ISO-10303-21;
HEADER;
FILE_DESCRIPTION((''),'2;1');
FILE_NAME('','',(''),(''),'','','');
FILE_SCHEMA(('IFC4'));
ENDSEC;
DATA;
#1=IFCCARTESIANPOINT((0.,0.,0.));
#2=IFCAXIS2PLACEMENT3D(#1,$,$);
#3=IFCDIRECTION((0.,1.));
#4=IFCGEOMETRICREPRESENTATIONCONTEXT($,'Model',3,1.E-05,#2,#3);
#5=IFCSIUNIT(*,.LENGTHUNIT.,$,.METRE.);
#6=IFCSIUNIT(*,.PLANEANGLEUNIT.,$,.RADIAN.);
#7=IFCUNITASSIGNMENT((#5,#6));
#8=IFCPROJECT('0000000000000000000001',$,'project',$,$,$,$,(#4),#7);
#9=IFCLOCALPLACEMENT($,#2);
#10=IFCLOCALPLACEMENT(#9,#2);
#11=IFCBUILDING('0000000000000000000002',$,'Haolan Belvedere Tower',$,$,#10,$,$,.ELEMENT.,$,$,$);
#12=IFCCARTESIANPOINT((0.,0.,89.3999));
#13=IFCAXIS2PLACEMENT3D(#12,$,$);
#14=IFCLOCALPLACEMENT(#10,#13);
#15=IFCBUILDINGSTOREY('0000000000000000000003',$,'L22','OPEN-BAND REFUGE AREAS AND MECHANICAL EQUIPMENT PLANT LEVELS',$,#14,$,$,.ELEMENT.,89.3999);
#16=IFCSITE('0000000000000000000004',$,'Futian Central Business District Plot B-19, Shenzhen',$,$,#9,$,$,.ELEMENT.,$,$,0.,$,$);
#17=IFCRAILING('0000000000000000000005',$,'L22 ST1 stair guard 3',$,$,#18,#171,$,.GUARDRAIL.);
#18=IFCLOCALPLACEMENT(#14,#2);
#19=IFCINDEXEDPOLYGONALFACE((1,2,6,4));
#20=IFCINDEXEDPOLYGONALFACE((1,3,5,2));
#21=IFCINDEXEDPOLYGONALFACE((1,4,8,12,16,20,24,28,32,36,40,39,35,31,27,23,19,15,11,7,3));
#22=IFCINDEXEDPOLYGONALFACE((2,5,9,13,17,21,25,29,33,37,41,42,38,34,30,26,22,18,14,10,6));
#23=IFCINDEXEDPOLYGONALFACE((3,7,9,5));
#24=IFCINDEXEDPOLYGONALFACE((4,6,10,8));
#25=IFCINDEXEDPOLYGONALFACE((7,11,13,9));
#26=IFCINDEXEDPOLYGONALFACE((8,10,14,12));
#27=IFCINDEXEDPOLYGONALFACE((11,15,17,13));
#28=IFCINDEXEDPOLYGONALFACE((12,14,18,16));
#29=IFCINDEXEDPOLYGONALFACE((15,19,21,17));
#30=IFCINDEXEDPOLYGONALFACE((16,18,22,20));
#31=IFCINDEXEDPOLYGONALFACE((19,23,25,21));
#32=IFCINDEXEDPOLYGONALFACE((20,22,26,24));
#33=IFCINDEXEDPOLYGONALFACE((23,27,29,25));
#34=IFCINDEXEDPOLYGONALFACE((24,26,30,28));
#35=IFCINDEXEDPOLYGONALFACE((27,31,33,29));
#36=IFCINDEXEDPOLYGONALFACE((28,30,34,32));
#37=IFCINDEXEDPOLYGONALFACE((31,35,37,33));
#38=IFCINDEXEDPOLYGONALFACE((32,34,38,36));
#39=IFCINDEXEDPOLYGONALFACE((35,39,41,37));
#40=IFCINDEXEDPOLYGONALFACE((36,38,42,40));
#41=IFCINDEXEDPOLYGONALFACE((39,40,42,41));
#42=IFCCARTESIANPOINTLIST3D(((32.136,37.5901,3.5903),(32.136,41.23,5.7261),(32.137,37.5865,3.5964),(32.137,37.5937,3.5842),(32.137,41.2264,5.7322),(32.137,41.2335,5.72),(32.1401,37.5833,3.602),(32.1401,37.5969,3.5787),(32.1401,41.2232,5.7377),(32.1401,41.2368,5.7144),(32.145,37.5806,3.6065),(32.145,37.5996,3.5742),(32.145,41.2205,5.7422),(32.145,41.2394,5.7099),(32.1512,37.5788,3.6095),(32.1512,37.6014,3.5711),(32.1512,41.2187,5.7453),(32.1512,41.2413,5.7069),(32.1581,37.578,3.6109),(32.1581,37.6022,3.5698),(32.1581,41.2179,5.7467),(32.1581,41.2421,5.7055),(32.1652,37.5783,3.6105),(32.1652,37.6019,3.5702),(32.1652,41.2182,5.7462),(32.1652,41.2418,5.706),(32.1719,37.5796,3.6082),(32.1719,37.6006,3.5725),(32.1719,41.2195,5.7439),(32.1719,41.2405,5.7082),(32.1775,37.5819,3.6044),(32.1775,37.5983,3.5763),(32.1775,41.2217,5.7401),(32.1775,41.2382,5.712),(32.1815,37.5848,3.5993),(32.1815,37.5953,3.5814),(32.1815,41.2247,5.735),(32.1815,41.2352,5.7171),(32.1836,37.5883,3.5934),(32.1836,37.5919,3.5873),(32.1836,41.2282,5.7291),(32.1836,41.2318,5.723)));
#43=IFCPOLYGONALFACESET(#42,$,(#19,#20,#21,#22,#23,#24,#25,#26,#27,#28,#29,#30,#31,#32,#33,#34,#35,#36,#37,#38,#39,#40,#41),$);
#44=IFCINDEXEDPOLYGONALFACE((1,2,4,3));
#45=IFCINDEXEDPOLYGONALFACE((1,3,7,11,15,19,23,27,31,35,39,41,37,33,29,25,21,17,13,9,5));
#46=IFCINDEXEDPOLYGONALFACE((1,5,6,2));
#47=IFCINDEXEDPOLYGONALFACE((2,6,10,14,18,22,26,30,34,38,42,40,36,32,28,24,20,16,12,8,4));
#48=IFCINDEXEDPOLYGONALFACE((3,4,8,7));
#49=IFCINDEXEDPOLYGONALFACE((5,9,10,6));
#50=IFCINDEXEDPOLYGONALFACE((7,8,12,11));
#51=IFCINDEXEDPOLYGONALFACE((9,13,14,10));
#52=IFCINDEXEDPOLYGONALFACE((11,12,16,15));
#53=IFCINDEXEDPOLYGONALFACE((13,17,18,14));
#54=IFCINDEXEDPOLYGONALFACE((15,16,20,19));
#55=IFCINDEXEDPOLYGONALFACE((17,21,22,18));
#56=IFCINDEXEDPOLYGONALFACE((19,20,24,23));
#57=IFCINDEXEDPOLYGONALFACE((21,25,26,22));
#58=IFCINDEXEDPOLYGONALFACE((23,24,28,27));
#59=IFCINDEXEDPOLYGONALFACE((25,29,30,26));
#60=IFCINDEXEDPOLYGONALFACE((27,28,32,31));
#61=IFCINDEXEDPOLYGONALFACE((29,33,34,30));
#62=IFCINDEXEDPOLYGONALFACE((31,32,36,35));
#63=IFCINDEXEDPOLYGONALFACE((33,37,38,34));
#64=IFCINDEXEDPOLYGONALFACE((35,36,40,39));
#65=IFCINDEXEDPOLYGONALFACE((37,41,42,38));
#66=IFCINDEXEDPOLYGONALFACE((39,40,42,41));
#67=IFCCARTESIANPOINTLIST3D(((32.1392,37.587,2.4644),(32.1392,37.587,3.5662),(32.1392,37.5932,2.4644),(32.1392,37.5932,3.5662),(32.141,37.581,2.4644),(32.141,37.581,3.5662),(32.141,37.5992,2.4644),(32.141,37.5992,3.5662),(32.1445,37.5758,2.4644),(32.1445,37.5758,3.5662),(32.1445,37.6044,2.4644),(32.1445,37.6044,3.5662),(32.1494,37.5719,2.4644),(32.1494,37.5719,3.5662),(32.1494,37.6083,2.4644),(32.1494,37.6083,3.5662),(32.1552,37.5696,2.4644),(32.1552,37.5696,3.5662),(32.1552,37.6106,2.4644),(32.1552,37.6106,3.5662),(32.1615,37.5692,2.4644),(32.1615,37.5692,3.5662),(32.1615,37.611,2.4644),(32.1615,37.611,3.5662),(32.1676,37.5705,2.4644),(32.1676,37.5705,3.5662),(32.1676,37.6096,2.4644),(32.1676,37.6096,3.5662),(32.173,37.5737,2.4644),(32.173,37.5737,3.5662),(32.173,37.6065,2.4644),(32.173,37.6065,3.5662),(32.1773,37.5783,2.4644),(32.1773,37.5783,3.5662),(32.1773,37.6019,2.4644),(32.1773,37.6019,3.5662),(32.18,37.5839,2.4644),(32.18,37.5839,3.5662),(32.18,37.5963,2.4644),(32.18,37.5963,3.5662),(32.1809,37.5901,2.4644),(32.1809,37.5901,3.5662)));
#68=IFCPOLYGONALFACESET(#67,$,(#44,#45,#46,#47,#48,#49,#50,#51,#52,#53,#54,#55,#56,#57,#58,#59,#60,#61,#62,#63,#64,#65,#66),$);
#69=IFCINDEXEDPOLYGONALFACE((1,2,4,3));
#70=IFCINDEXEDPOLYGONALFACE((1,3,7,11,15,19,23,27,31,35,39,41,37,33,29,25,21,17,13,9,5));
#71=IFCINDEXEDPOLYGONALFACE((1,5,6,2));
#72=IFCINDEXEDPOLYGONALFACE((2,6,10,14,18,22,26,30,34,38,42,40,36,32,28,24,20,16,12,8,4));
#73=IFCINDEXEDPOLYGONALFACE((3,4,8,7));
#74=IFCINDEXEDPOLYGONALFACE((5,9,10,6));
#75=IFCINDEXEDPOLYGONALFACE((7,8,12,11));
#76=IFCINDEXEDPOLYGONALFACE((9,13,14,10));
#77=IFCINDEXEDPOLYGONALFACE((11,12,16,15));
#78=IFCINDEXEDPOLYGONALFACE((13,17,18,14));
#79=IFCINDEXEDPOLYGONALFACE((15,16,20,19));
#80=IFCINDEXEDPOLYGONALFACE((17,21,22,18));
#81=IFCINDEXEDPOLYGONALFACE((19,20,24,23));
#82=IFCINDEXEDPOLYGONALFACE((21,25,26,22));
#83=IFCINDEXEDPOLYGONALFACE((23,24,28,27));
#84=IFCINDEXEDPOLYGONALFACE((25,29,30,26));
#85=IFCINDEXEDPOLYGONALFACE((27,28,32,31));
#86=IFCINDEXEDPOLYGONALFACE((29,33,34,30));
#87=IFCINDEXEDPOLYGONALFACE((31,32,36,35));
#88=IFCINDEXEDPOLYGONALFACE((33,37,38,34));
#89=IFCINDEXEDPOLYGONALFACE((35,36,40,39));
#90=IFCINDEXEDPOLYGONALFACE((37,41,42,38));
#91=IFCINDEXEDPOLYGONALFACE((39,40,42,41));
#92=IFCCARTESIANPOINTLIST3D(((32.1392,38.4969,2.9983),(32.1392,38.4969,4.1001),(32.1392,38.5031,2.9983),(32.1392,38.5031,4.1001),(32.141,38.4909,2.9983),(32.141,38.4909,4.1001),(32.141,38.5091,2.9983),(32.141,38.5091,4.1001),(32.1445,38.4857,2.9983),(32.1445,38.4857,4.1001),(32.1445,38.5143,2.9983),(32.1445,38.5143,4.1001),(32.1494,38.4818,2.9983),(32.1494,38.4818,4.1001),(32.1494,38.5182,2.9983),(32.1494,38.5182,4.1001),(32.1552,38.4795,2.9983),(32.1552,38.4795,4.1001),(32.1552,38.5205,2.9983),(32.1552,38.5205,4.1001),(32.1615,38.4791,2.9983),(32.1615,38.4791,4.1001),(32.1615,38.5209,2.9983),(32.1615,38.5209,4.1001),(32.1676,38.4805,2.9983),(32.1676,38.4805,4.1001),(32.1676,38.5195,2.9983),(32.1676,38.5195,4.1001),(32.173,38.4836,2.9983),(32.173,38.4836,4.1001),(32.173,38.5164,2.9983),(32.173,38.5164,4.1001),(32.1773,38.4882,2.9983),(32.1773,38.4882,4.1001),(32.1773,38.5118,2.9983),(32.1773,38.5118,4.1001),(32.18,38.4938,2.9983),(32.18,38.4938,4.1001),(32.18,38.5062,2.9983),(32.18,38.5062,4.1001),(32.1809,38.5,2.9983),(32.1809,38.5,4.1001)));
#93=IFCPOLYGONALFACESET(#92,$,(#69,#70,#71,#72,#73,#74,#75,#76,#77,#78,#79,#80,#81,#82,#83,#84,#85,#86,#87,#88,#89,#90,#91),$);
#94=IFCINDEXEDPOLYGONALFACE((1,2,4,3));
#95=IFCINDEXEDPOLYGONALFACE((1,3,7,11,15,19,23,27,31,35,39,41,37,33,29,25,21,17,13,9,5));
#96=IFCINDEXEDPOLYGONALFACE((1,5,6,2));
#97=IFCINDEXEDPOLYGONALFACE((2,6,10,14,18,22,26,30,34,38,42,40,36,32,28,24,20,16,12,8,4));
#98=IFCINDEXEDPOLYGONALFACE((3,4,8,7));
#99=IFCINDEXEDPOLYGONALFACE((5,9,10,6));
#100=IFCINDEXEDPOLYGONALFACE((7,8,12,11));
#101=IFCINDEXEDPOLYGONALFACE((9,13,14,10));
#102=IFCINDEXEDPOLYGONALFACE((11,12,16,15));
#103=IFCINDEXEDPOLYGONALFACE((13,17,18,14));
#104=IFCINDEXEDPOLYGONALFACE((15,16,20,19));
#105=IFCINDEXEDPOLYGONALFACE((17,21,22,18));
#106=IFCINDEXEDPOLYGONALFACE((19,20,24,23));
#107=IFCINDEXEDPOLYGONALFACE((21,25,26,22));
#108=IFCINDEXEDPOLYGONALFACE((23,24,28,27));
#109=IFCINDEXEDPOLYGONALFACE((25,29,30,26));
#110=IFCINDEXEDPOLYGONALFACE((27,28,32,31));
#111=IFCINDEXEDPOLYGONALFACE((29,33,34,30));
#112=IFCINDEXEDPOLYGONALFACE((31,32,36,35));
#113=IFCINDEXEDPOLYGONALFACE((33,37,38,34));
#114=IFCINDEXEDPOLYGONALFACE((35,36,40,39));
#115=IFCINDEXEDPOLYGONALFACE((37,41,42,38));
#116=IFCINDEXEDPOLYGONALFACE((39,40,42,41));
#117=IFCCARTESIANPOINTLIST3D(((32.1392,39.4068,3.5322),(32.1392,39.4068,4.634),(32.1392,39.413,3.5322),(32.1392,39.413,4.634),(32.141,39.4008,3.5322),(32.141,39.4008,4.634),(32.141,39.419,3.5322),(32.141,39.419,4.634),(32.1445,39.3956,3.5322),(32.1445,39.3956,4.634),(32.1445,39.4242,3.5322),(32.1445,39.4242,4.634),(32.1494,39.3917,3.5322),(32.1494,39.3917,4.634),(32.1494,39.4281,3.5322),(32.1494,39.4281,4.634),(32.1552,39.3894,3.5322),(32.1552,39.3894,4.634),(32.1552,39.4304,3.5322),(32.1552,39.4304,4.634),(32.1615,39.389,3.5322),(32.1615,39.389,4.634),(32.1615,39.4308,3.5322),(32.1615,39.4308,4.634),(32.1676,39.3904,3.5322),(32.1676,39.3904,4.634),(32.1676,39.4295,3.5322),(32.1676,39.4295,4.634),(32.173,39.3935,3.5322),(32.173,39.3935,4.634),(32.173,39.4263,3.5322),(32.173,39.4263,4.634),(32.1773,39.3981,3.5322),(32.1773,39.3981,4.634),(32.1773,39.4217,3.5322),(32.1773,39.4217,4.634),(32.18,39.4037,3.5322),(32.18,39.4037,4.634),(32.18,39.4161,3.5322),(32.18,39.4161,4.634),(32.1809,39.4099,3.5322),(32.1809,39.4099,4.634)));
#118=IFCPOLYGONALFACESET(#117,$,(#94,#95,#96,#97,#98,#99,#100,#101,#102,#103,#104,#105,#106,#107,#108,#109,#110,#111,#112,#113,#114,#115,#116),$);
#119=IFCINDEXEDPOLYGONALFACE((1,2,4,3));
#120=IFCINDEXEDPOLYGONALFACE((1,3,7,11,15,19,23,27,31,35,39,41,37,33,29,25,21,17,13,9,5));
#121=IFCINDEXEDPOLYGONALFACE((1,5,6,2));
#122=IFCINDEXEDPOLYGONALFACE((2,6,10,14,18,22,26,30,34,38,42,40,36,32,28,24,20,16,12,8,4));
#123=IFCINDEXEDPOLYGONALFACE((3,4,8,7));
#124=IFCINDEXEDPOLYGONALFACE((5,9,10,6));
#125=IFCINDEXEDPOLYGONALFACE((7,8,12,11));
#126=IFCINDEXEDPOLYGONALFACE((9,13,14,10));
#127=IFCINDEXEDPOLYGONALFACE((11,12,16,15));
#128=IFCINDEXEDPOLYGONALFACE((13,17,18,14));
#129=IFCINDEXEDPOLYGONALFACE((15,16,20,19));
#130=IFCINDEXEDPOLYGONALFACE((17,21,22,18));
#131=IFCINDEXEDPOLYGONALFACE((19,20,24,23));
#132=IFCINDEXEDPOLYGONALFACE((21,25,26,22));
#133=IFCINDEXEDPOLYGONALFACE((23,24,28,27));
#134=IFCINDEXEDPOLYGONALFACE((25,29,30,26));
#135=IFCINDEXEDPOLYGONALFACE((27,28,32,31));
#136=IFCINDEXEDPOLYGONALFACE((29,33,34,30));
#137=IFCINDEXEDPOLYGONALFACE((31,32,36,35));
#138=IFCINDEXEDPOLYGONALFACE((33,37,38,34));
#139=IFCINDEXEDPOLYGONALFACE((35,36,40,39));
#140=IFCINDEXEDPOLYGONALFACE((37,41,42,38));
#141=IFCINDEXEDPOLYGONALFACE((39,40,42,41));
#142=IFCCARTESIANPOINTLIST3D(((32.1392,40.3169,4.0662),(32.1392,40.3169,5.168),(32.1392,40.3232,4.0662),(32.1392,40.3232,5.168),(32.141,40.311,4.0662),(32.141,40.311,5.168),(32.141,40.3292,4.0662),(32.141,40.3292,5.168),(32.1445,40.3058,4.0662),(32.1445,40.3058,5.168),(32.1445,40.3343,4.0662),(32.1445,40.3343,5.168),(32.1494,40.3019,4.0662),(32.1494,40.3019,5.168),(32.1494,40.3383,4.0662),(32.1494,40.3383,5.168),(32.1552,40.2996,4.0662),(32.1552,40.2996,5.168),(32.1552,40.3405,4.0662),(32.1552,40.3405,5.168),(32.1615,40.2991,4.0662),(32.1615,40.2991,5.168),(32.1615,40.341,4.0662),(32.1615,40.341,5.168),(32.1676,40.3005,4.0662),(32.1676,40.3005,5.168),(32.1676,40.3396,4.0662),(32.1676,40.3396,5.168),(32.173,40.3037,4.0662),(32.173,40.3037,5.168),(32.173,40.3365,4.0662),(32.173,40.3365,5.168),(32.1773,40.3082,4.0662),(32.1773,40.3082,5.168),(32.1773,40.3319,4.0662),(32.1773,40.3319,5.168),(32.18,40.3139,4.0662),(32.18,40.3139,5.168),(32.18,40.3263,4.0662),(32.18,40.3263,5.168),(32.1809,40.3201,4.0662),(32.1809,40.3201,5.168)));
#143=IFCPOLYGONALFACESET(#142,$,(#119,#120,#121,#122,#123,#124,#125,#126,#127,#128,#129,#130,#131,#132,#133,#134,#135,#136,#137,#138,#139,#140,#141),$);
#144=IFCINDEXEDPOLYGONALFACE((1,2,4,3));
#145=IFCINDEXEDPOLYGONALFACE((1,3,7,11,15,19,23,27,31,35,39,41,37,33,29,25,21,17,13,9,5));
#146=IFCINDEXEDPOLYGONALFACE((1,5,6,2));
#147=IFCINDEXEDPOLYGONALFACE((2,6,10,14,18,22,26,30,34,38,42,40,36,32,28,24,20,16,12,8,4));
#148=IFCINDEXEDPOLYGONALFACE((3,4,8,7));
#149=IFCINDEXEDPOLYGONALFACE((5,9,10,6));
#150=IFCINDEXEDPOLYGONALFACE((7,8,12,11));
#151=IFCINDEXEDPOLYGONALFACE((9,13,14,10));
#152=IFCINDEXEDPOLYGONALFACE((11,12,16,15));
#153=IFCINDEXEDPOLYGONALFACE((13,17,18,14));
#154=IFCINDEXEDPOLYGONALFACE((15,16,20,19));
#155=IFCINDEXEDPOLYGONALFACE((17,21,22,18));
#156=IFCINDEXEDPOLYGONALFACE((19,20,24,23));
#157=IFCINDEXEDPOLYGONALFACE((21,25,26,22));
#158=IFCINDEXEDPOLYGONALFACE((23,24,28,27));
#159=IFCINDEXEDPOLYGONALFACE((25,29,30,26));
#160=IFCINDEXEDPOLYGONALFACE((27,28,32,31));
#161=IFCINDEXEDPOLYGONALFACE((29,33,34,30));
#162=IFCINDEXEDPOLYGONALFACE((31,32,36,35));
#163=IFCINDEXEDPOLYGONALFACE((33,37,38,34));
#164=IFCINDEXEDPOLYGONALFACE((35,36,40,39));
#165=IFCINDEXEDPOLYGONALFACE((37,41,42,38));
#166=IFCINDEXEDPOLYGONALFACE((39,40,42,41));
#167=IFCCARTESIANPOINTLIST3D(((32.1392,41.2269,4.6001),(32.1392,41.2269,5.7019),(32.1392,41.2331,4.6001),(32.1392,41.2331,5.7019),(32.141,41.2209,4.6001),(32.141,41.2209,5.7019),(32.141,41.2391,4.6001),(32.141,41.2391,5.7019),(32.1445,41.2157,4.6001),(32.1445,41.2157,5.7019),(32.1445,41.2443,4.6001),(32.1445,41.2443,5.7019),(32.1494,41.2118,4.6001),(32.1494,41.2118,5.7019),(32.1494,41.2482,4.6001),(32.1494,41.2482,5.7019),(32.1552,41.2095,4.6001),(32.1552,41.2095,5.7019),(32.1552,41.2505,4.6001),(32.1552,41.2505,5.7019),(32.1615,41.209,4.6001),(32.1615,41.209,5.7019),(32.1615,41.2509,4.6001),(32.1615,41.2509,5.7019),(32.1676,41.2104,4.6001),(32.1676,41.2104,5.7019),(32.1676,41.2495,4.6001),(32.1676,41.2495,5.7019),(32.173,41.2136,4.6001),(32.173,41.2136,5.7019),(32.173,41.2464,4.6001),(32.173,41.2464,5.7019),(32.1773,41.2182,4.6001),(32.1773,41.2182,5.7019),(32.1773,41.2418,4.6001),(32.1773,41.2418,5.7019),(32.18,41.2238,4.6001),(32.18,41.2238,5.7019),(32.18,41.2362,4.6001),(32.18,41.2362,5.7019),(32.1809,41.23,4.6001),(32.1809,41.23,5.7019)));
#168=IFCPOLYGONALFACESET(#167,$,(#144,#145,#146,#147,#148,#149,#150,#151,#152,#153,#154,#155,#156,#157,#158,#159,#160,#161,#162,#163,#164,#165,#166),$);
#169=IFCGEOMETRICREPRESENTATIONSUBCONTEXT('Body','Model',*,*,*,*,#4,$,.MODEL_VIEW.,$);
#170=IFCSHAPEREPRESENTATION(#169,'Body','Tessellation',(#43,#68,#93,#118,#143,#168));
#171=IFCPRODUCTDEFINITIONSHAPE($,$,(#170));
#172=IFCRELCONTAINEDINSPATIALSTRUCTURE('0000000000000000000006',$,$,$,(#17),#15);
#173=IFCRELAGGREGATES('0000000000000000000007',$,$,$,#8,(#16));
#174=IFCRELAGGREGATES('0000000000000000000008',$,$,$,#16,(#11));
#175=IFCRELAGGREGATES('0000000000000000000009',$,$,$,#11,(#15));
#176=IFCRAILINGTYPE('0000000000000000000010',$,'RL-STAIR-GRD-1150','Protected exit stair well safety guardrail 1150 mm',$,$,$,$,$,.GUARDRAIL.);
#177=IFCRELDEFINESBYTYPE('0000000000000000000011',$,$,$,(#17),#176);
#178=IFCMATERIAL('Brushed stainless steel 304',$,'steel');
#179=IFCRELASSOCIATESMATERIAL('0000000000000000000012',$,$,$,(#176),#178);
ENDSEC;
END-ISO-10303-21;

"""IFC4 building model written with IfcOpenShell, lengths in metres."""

from ifc_helpers import new_model, si_unit, direction, frame, origin, origin_2d, place, context, subcontext, project, spatial, circle, extrude, material, type_object, element, save


model = new_model("IFC4")

# Units and contexts
model_context = context("Model", 3, precision=1e-05, world=origin(), true_north=direction((0.0, 1.0)))
body_context = subcontext(model_context, "Body", "Model", "MODEL_VIEW")
ifc_project = project(units=[si_unit("LENGTHUNIT", "METRE"), si_unit("PLANEANGLEUNIT", "RADIAN")], contexts=[model_context])

# Site, building, storey
site_placement = place(None, origin())
site = spatial("IfcSite", under=ifc_project, at=site_placement, Name="Futian Central Business District Plot B-19, Shenzhen", CompositionType="ELEMENT", RefElevation=0.0)
building_placement = place(site_placement, origin())
building = spatial("IfcBuilding", under=site, at=building_placement, Name="Haolan Belvedere Tower", CompositionType="ELEMENT")
storey_placement = place(building_placement, frame((0.0, 0.0, 89.3999)))
storey = spatial("IfcBuildingStorey", under=building, at=storey_placement, Name="L22", Description="OPEN-BAND REFUGE AREAS AND MECHANICAL EQUIPMENT PLANT LEVELS", CompositionType="ELEMENT", Elevation=89.3999)

# Railing
ifc_material_1 = material(Name="Brushed stainless steel 304", Category="steel")
railing_type_1 = type_object("IfcRailingType", Name="RL-STAIR-GRD-1150", Description="Protected exit stair well safety guardrail 1150 mm", PredefinedType="GUARDRAIL", material=ifc_material_1)
railing_1_placement = place(storey_placement, frame((32.1599, 37.5901, 2.4644)))
element("IfcRailing", 1, at=railing_1_placement, inside=storey, type_object=railing_type_1, Name="L22 ST1 stair guard 3", PredefinedType="GUARDRAIL", context=body_context, shape_type="SweptSolid", body=[
    extrude(circle(Radius=0.0239, at=origin_2d()), frame((0.0, 0.0, 1.126), z_axis=(0.0, 0.86249, 0.506074), x_axis=(-1.0, 0.0, 0.0)), (0.0, 0.0, 1.0), 4.2202),
    extrude(circle(Radius=0.021, at=origin_2d()), origin(), (0.0, 0.0, 1.0), 1.1018),
    extrude(circle(Radius=0.021, at=origin_2d()), frame((0.0, 0.9099, 0.5339)), (0.0, 0.0, 1.0), 1.1018),
    extrude(circle(Radius=0.021, at=origin_2d()), frame((0.0, 1.8198, 1.0679)), (0.0, 0.0, 1.0), 1.1018),
    extrude(circle(Radius=0.021, at=origin_2d()), frame((0.0, 2.73, 1.6018)), (0.0, 0.0, 1.0), 1.1018),
    extrude(circle(Radius=0.021, at=origin_2d()), frame((0.0, 3.6399, 2.1357)), (0.0, 0.0, 1.0), 1.1018),
])

save(model, "model.ifc")
